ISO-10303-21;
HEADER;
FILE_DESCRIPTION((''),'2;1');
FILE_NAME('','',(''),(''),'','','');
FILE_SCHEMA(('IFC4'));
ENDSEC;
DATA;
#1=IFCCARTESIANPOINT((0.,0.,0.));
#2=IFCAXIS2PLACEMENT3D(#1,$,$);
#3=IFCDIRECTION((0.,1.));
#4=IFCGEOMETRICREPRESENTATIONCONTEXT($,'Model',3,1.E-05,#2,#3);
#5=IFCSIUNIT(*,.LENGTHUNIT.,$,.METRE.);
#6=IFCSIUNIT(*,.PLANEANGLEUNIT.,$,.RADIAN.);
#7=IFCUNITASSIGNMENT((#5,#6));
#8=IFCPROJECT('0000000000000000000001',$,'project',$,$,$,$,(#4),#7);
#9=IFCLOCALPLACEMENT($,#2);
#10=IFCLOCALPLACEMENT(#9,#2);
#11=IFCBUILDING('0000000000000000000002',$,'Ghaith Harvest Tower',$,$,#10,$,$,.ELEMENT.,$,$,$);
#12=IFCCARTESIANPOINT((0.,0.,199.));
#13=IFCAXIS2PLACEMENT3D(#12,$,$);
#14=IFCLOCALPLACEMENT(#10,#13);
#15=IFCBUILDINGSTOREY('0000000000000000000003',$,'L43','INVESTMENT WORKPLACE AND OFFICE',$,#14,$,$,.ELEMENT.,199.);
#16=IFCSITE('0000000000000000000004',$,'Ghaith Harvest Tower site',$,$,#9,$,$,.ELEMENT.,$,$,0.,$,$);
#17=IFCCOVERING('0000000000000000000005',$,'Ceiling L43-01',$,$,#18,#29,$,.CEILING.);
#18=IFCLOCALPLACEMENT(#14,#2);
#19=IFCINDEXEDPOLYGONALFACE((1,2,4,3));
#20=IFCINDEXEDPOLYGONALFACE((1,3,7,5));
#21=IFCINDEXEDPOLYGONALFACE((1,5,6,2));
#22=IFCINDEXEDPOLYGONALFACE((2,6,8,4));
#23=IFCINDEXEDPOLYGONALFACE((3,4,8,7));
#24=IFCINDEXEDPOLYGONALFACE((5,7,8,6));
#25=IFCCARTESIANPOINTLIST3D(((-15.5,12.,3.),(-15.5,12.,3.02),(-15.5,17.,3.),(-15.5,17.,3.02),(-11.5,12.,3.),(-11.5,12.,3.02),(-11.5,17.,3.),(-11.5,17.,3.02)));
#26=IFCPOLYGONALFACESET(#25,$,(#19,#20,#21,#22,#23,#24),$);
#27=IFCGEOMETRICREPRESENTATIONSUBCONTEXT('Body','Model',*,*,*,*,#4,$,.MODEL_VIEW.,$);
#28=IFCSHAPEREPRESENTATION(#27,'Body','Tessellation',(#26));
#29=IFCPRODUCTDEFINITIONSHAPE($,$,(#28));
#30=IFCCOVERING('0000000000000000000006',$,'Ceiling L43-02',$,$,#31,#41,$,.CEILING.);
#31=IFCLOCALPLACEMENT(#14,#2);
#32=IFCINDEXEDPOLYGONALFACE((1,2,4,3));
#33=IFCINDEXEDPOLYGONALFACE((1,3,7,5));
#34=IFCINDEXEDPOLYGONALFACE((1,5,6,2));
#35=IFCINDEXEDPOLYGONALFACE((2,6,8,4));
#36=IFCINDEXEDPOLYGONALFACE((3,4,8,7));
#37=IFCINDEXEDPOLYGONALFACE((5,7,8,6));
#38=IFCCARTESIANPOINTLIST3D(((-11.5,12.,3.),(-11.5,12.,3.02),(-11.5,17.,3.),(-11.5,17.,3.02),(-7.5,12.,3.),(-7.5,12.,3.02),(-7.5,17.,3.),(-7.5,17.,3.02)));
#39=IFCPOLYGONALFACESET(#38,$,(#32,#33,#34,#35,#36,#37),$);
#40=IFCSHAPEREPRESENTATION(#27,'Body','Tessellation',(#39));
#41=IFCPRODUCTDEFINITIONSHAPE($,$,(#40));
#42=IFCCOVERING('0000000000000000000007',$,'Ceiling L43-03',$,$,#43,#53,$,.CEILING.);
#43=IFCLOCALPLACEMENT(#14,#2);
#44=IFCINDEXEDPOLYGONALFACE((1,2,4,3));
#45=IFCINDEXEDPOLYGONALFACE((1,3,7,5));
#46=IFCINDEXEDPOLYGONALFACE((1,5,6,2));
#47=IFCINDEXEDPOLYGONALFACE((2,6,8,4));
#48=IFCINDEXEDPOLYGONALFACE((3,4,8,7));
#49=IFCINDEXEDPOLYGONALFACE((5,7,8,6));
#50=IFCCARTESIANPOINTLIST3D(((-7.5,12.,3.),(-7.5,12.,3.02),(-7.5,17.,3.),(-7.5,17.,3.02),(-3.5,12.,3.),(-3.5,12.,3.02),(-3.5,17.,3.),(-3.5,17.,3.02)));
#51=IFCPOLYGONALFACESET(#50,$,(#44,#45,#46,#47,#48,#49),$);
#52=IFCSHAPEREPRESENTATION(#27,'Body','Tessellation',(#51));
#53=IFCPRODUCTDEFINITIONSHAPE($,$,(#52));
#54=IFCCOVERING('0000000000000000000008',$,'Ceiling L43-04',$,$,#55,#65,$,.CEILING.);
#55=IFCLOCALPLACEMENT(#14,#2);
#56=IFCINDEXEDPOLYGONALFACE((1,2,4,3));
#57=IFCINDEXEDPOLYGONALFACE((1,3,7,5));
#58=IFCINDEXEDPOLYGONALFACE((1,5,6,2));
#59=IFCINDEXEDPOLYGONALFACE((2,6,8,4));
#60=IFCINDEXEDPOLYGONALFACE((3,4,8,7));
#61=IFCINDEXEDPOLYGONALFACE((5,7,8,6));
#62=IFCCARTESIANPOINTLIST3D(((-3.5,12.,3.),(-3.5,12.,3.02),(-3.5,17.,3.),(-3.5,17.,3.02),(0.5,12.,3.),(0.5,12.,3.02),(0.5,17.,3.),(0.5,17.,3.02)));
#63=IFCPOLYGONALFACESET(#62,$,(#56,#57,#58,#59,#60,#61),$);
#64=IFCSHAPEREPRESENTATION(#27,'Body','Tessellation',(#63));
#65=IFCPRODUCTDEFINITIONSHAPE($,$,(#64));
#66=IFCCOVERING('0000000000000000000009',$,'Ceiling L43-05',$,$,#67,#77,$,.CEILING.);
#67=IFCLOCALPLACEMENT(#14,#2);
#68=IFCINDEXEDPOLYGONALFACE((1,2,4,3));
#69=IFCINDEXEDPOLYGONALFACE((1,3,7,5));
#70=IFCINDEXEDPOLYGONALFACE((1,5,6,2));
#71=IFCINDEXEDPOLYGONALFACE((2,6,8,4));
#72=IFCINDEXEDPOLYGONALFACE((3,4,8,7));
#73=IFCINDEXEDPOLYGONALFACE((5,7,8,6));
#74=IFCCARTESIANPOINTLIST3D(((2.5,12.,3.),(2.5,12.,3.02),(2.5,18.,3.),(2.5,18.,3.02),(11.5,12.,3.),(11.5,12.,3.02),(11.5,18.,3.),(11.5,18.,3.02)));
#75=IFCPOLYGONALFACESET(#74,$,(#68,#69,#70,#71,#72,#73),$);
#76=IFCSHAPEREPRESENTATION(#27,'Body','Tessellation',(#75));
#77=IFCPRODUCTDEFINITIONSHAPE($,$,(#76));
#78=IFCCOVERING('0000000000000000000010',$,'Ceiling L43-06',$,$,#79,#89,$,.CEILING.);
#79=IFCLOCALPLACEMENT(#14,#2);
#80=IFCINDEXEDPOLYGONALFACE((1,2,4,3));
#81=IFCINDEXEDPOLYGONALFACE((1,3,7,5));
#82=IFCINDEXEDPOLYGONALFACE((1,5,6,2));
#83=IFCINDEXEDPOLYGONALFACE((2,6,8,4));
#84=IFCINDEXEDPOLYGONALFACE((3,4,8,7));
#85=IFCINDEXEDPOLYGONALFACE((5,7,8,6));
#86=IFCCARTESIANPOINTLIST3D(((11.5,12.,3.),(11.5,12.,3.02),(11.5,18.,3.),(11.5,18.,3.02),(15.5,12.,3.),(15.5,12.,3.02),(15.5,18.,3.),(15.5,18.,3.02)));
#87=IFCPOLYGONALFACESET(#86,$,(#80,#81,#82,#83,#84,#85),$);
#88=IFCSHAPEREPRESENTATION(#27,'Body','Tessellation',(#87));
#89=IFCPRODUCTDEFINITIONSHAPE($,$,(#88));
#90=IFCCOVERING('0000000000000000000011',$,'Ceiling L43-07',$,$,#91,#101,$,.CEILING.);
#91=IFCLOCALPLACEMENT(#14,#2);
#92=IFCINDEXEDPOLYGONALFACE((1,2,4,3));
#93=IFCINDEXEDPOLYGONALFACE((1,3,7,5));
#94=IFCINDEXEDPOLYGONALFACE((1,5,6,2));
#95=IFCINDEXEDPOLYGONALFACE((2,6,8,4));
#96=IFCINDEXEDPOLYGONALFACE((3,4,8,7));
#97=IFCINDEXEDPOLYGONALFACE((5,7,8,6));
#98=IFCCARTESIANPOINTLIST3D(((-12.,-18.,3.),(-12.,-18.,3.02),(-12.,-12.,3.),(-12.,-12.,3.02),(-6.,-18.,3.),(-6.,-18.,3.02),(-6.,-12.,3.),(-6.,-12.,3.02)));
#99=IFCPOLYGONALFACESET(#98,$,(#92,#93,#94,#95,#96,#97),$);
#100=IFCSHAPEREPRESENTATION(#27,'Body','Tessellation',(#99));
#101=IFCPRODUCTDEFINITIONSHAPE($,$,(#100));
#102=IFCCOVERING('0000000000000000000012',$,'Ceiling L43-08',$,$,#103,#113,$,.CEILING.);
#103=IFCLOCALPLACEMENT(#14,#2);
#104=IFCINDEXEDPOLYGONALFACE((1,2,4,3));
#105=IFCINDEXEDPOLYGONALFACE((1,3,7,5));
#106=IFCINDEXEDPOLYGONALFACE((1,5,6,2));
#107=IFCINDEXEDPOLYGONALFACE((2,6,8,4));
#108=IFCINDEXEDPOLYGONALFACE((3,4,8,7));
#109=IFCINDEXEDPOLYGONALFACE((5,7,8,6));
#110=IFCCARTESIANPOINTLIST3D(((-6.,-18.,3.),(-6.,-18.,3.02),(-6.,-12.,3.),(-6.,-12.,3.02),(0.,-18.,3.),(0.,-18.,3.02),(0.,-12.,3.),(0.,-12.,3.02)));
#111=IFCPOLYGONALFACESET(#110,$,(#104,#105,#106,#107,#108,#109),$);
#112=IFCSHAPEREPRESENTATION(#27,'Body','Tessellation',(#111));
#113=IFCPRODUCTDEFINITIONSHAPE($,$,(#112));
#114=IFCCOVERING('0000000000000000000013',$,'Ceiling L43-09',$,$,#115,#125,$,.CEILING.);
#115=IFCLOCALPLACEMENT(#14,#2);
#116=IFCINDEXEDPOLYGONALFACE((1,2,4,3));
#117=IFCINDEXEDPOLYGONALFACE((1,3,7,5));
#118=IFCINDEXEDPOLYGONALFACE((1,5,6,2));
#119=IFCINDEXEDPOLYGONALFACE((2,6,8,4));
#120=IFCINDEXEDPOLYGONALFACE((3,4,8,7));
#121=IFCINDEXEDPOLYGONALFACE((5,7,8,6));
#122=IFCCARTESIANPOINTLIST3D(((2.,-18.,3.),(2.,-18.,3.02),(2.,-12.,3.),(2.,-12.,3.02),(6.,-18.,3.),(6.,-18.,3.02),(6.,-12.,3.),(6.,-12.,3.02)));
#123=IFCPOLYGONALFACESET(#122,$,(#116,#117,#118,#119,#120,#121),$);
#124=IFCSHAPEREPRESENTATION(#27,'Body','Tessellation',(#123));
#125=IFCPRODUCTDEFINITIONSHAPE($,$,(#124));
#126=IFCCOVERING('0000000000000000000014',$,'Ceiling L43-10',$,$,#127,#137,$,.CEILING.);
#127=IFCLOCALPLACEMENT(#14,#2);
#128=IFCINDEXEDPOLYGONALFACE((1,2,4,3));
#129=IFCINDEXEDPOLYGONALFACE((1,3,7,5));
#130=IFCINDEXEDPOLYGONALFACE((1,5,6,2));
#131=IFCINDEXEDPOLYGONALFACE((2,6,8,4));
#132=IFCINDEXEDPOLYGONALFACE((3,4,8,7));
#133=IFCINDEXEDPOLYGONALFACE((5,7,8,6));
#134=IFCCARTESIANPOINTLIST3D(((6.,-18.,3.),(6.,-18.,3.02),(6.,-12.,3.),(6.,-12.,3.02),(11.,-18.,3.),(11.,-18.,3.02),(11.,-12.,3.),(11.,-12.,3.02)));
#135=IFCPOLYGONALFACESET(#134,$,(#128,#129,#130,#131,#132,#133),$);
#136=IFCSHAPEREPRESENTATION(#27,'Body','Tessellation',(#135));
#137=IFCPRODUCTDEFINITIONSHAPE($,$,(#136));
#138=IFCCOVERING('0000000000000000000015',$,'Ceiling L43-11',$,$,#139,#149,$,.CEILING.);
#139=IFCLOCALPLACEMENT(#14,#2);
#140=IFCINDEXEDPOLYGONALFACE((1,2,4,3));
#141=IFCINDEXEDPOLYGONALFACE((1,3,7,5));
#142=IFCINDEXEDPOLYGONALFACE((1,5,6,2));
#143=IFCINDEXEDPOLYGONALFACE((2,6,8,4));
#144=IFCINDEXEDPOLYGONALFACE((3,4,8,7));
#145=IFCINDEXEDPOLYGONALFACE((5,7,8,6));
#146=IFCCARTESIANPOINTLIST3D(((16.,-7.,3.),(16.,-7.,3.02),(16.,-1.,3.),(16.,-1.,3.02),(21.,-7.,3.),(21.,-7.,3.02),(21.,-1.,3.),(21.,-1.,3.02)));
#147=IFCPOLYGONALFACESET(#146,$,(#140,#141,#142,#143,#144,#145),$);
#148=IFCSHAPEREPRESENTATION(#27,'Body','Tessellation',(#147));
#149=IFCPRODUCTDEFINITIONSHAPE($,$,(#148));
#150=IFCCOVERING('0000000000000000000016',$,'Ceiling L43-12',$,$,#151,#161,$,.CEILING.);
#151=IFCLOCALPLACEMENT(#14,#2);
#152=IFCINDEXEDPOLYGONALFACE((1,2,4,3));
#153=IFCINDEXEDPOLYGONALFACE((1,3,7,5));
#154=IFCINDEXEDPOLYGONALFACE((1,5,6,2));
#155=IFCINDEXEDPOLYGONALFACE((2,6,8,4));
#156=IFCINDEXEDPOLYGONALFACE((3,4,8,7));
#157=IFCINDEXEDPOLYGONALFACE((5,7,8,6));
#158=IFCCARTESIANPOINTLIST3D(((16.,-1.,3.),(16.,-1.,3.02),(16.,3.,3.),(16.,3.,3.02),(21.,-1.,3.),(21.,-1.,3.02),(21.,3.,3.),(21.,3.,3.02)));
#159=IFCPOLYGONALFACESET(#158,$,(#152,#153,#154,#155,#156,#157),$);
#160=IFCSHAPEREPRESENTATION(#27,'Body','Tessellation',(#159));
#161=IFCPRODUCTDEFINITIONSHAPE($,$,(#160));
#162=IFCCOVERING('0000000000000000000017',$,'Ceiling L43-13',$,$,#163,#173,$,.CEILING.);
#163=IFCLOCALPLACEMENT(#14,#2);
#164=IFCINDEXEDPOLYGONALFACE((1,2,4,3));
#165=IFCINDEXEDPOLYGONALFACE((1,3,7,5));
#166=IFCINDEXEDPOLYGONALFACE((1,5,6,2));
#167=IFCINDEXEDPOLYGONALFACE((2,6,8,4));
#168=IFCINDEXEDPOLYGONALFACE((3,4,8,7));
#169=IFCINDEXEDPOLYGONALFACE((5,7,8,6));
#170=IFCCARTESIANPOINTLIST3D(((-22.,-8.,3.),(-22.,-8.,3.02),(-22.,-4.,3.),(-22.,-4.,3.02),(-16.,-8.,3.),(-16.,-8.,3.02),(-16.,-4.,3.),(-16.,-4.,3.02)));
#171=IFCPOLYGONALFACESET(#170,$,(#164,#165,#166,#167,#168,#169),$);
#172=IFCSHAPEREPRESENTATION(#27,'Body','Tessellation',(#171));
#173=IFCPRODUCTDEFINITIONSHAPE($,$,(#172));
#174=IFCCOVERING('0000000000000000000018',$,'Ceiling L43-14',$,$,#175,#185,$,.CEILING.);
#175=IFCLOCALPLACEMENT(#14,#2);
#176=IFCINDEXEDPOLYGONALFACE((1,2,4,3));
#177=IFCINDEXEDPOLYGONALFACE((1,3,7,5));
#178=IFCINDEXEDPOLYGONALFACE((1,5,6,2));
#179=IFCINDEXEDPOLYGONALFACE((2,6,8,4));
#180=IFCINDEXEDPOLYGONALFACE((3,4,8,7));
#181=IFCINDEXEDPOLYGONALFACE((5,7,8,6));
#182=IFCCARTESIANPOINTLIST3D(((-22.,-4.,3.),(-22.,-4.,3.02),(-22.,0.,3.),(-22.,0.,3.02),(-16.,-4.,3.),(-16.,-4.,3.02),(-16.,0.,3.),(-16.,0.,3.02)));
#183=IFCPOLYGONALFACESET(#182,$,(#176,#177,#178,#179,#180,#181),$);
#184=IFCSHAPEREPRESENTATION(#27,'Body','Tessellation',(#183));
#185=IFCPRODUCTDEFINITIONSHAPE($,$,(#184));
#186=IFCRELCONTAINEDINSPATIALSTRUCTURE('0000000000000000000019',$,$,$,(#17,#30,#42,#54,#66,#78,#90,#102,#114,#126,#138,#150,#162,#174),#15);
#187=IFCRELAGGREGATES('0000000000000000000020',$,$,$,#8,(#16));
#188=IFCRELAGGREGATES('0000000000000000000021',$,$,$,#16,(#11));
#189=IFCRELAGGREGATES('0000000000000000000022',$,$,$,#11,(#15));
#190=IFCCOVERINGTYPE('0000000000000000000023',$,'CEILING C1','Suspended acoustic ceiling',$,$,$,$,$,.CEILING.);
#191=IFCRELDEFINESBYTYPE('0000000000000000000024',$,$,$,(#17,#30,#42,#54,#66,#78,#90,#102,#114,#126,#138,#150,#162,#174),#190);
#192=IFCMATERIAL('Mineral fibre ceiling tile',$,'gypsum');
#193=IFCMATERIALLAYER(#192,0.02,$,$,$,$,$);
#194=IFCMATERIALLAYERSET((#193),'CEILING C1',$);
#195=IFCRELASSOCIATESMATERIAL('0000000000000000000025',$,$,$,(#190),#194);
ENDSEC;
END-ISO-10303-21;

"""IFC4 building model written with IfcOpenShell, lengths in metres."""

from ifc_helpers import new_model, si_unit, direction, frame, origin, place, context, subcontext, project, spatial, polyline, outline, extrude, material, layer, layer_set, type_object, element, save


model = new_model("IFC4")

# Units and contexts
model_context = context("Model", 3, precision=1e-05, world=origin(), true_north=direction((0.0, 1.0)))
body_context = subcontext(model_context, "Body", "Model", "MODEL_VIEW")
ifc_project = project(units=[si_unit("LENGTHUNIT", "METRE"), si_unit("PLANEANGLEUNIT", "RADIAN")], contexts=[model_context])

# Site, building, storey
site_placement = place(None, origin())
site = spatial("IfcSite", under=ifc_project, at=site_placement, Name="Ghaith Harvest Tower site", CompositionType="ELEMENT", RefElevation=0.0)
building_placement = place(site_placement, origin())
building = spatial("IfcBuilding", under=site, at=building_placement, Name="Ghaith Harvest Tower", CompositionType="ELEMENT")
storey_placement = place(building_placement, frame((0.0, 0.0, 199.0)))
storey = spatial("IfcBuildingStorey", under=building, at=storey_placement, Name="L43", Description="INVESTMENT WORKPLACE AND OFFICE", CompositionType="ELEMENT", Elevation=199.0)

# Coverings
ifc_material_1 = material(Name="Mineral fibre ceiling tile", Category="gypsum")
ifc_layer_1 = layer(ifc_material_1, 0.02)
ifc_layer_set_1 = layer_set([ifc_layer_1], Name="CEILING C1")
covering_type = type_object("IfcCoveringType", Name="CEILING C1", Description="Suspended acoustic ceiling", PredefinedType="CEILING", material=ifc_layer_set_1)
covering_1_placement = place(storey_placement, frame((0.0, 0.0, 3.0)))
element("IfcCovering", 1, at=covering_1_placement, inside=storey, type_object=covering_type, Name="Ceiling L43-01", PredefinedType="CEILING", context=body_context, shape_type="SweptSolid", body=[
    extrude(outline(polyline([(-15.5, 12.0), (-11.5, 12.0), (-11.5, 17.0), (-15.5, 17.0), (-15.5, 12.0)])), origin(), (0.0, 0.0, 1.0), 0.02),
])
covering_2_placement = place(storey_placement, frame((0.0, 0.0, 3.0)))
element("IfcCovering", 2, at=covering_2_placement, inside=storey, type_object=covering_type, Name="Ceiling L43-02", PredefinedType="CEILING", context=body_context, shape_type="SweptSolid", body=[
    extrude(outline(polyline([(-11.5, 12.0), (-7.5, 12.0), (-7.5, 17.0), (-11.5, 17.0), (-11.5, 12.0)])), origin(), (0.0, 0.0, 1.0), 0.02),
])
covering_3_placement = place(storey_placement, frame((0.0, 0.0, 3.0)))
element("IfcCovering", 3, at=covering_3_placement, inside=storey, type_object=covering_type, Name="Ceiling L43-03", PredefinedType="CEILING", context=body_context, shape_type="SweptSolid", body=[
    extrude(outline(polyline([(-7.5, 12.0), (-3.5, 12.0), (-3.5, 17.0), (-7.5, 17.0), (-7.5, 12.0)])), origin(), (0.0, 0.0, 1.0), 0.02),
])
covering_4_placement = place(storey_placement, frame((0.0, 0.0, 3.0)))
element("IfcCovering", 4, at=covering_4_placement, inside=storey, type_object=covering_type, Name="Ceiling L43-04", PredefinedType="CEILING", context=body_context, shape_type="SweptSolid", body=[
    extrude(outline(polyline([(-3.5, 12.0), (0.5, 12.0), (0.5, 17.0), (-3.5, 17.0), (-3.5, 12.0)])), origin(), (0.0, 0.0, 1.0), 0.02),
])
covering_5_placement = place(storey_placement, frame((0.0, 0.0, 3.0)))
element("IfcCovering", 5, at=covering_5_placement, inside=storey, type_object=covering_type, Name="Ceiling L43-05", PredefinedType="CEILING", context=body_context, shape_type="SweptSolid", body=[
    extrude(outline(polyline([(2.5, 12.0), (11.5, 12.0), (11.5, 18.0), (2.5, 18.0), (2.5, 12.0)])), origin(), (0.0, 0.0, 1.0), 0.02),
])
covering_6_placement = place(storey_placement, frame((0.0, 0.0, 3.0)))
element("IfcCovering", 6, at=covering_6_placement, inside=storey, type_object=covering_type, Name="Ceiling L43-06", PredefinedType="CEILING", context=body_context, shape_type="SweptSolid", body=[
    extrude(outline(polyline([(11.5, 12.0), (15.5, 12.0), (15.5, 18.0), (11.5, 18.0), (11.5, 12.0)])), origin(), (0.0, 0.0, 1.0), 0.02),
])
covering_7_placement = place(storey_placement, frame((0.0, 0.0, 3.0)))
element("IfcCovering", 7, at=covering_7_placement, inside=storey, type_object=covering_type, Name="Ceiling L43-07", PredefinedType="CEILING", context=body_context, shape_type="SweptSolid", body=[
    extrude(outline(polyline([(-12.0, -18.0), (-6.0, -18.0), (-6.0, -12.0), (-12.0, -12.0), (-12.0, -18.0)])), origin(), (0.0, 0.0, 1.0), 0.02),
])
covering_8_placement = place(storey_placement, frame((0.0, 0.0, 3.0)))
element("IfcCovering", 8, at=covering_8_placement, inside=storey, type_object=covering_type, Name="Ceiling L43-08", PredefinedType="CEILING", context=body_context, shape_type="SweptSolid", body=[
    extrude(outline(polyline([(-6.0, -18.0), (0.0, -18.0), (0.0, -12.0), (-6.0, -12.0), (-6.0, -18.0)])), origin(), (0.0, 0.0, 1.0), 0.02),
])
covering_9_placement = place(storey_placement, frame((0.0, 0.0, 3.0)))
element("IfcCovering", 9, at=covering_9_placement, inside=storey, type_object=covering_type, Name="Ceiling L43-09", PredefinedType="CEILING", context=body_context, shape_type="SweptSolid", body=[
    extrude(outline(polyline([(2.0, -18.0), (6.0, -18.0), (6.0, -12.0), (2.0, -12.0), (2.0, -18.0)])), origin(), (0.0, 0.0, 1.0), 0.02),
])
covering_10_placement = place(storey_placement, frame((0.0, 0.0, 3.0)))
element("IfcCovering", 10, at=covering_10_placement, inside=storey, type_object=covering_type, Name="Ceiling L43-10", PredefinedType="CEILING", context=body_context, shape_type="SweptSolid", body=[
    extrude(outline(polyline([(6.0, -18.0), (11.0, -18.0), (11.0, -12.0), (6.0, -12.0), (6.0, -18.0)])), origin(), (0.0, 0.0, 1.0), 0.02),
])
covering_11_placement = place(storey_placement, frame((0.0, 0.0, 3.0)))
element("IfcCovering", 11, at=covering_11_placement, inside=storey, type_object=covering_type, Name="Ceiling L43-11", PredefinedType="CEILING", context=body_context, shape_type="SweptSolid", body=[
    extrude(outline(polyline([(16.0, -7.0), (21.0, -7.0), (21.0, -1.0), (16.0, -1.0), (16.0, -7.0)])), origin(), (0.0, 0.0, 1.0), 0.02),
])
covering_12_placement = place(storey_placement, frame((0.0, 0.0, 3.0)))
element("IfcCovering", 12, at=covering_12_placement, inside=storey, type_object=covering_type, Name="Ceiling L43-12", PredefinedType="CEILING", context=body_context, shape_type="SweptSolid", body=[
    extrude(outline(polyline([(16.0, -1.0), (21.0, -1.0), (21.0, 3.0), (16.0, 3.0), (16.0, -1.0)])), origin(), (0.0, 0.0, 1.0), 0.02),
])
covering_13_placement = place(storey_placement, frame((0.0, 0.0, 3.0)))
element("IfcCovering", 13, at=covering_13_placement, inside=storey, type_object=covering_type, Name="Ceiling L43-13", PredefinedType="CEILING", context=body_context, shape_type="SweptSolid", body=[
    extrude(outline(polyline([(-22.0, -8.0), (-16.0, -8.0), (-16.0, -4.0), (-22.0, -4.0), (-22.0, -8.0)])), origin(), (0.0, 0.0, 1.0), 0.02),
])
covering_14_placement = place(storey_placement, frame((0.0, 0.0, 3.0)))
element("IfcCovering", 14, at=covering_14_placement, inside=storey, type_object=covering_type, Name="Ceiling L43-14", PredefinedType="CEILING", context=body_context, shape_type="SweptSolid", body=[
    extrude(outline(polyline([(-22.0, -4.0), (-16.0, -4.0), (-16.0, 0.0), (-22.0, 0.0), (-22.0, -4.0)])), origin(), (0.0, 0.0, 1.0), 0.02),
])

save(model, "model.ifc")
